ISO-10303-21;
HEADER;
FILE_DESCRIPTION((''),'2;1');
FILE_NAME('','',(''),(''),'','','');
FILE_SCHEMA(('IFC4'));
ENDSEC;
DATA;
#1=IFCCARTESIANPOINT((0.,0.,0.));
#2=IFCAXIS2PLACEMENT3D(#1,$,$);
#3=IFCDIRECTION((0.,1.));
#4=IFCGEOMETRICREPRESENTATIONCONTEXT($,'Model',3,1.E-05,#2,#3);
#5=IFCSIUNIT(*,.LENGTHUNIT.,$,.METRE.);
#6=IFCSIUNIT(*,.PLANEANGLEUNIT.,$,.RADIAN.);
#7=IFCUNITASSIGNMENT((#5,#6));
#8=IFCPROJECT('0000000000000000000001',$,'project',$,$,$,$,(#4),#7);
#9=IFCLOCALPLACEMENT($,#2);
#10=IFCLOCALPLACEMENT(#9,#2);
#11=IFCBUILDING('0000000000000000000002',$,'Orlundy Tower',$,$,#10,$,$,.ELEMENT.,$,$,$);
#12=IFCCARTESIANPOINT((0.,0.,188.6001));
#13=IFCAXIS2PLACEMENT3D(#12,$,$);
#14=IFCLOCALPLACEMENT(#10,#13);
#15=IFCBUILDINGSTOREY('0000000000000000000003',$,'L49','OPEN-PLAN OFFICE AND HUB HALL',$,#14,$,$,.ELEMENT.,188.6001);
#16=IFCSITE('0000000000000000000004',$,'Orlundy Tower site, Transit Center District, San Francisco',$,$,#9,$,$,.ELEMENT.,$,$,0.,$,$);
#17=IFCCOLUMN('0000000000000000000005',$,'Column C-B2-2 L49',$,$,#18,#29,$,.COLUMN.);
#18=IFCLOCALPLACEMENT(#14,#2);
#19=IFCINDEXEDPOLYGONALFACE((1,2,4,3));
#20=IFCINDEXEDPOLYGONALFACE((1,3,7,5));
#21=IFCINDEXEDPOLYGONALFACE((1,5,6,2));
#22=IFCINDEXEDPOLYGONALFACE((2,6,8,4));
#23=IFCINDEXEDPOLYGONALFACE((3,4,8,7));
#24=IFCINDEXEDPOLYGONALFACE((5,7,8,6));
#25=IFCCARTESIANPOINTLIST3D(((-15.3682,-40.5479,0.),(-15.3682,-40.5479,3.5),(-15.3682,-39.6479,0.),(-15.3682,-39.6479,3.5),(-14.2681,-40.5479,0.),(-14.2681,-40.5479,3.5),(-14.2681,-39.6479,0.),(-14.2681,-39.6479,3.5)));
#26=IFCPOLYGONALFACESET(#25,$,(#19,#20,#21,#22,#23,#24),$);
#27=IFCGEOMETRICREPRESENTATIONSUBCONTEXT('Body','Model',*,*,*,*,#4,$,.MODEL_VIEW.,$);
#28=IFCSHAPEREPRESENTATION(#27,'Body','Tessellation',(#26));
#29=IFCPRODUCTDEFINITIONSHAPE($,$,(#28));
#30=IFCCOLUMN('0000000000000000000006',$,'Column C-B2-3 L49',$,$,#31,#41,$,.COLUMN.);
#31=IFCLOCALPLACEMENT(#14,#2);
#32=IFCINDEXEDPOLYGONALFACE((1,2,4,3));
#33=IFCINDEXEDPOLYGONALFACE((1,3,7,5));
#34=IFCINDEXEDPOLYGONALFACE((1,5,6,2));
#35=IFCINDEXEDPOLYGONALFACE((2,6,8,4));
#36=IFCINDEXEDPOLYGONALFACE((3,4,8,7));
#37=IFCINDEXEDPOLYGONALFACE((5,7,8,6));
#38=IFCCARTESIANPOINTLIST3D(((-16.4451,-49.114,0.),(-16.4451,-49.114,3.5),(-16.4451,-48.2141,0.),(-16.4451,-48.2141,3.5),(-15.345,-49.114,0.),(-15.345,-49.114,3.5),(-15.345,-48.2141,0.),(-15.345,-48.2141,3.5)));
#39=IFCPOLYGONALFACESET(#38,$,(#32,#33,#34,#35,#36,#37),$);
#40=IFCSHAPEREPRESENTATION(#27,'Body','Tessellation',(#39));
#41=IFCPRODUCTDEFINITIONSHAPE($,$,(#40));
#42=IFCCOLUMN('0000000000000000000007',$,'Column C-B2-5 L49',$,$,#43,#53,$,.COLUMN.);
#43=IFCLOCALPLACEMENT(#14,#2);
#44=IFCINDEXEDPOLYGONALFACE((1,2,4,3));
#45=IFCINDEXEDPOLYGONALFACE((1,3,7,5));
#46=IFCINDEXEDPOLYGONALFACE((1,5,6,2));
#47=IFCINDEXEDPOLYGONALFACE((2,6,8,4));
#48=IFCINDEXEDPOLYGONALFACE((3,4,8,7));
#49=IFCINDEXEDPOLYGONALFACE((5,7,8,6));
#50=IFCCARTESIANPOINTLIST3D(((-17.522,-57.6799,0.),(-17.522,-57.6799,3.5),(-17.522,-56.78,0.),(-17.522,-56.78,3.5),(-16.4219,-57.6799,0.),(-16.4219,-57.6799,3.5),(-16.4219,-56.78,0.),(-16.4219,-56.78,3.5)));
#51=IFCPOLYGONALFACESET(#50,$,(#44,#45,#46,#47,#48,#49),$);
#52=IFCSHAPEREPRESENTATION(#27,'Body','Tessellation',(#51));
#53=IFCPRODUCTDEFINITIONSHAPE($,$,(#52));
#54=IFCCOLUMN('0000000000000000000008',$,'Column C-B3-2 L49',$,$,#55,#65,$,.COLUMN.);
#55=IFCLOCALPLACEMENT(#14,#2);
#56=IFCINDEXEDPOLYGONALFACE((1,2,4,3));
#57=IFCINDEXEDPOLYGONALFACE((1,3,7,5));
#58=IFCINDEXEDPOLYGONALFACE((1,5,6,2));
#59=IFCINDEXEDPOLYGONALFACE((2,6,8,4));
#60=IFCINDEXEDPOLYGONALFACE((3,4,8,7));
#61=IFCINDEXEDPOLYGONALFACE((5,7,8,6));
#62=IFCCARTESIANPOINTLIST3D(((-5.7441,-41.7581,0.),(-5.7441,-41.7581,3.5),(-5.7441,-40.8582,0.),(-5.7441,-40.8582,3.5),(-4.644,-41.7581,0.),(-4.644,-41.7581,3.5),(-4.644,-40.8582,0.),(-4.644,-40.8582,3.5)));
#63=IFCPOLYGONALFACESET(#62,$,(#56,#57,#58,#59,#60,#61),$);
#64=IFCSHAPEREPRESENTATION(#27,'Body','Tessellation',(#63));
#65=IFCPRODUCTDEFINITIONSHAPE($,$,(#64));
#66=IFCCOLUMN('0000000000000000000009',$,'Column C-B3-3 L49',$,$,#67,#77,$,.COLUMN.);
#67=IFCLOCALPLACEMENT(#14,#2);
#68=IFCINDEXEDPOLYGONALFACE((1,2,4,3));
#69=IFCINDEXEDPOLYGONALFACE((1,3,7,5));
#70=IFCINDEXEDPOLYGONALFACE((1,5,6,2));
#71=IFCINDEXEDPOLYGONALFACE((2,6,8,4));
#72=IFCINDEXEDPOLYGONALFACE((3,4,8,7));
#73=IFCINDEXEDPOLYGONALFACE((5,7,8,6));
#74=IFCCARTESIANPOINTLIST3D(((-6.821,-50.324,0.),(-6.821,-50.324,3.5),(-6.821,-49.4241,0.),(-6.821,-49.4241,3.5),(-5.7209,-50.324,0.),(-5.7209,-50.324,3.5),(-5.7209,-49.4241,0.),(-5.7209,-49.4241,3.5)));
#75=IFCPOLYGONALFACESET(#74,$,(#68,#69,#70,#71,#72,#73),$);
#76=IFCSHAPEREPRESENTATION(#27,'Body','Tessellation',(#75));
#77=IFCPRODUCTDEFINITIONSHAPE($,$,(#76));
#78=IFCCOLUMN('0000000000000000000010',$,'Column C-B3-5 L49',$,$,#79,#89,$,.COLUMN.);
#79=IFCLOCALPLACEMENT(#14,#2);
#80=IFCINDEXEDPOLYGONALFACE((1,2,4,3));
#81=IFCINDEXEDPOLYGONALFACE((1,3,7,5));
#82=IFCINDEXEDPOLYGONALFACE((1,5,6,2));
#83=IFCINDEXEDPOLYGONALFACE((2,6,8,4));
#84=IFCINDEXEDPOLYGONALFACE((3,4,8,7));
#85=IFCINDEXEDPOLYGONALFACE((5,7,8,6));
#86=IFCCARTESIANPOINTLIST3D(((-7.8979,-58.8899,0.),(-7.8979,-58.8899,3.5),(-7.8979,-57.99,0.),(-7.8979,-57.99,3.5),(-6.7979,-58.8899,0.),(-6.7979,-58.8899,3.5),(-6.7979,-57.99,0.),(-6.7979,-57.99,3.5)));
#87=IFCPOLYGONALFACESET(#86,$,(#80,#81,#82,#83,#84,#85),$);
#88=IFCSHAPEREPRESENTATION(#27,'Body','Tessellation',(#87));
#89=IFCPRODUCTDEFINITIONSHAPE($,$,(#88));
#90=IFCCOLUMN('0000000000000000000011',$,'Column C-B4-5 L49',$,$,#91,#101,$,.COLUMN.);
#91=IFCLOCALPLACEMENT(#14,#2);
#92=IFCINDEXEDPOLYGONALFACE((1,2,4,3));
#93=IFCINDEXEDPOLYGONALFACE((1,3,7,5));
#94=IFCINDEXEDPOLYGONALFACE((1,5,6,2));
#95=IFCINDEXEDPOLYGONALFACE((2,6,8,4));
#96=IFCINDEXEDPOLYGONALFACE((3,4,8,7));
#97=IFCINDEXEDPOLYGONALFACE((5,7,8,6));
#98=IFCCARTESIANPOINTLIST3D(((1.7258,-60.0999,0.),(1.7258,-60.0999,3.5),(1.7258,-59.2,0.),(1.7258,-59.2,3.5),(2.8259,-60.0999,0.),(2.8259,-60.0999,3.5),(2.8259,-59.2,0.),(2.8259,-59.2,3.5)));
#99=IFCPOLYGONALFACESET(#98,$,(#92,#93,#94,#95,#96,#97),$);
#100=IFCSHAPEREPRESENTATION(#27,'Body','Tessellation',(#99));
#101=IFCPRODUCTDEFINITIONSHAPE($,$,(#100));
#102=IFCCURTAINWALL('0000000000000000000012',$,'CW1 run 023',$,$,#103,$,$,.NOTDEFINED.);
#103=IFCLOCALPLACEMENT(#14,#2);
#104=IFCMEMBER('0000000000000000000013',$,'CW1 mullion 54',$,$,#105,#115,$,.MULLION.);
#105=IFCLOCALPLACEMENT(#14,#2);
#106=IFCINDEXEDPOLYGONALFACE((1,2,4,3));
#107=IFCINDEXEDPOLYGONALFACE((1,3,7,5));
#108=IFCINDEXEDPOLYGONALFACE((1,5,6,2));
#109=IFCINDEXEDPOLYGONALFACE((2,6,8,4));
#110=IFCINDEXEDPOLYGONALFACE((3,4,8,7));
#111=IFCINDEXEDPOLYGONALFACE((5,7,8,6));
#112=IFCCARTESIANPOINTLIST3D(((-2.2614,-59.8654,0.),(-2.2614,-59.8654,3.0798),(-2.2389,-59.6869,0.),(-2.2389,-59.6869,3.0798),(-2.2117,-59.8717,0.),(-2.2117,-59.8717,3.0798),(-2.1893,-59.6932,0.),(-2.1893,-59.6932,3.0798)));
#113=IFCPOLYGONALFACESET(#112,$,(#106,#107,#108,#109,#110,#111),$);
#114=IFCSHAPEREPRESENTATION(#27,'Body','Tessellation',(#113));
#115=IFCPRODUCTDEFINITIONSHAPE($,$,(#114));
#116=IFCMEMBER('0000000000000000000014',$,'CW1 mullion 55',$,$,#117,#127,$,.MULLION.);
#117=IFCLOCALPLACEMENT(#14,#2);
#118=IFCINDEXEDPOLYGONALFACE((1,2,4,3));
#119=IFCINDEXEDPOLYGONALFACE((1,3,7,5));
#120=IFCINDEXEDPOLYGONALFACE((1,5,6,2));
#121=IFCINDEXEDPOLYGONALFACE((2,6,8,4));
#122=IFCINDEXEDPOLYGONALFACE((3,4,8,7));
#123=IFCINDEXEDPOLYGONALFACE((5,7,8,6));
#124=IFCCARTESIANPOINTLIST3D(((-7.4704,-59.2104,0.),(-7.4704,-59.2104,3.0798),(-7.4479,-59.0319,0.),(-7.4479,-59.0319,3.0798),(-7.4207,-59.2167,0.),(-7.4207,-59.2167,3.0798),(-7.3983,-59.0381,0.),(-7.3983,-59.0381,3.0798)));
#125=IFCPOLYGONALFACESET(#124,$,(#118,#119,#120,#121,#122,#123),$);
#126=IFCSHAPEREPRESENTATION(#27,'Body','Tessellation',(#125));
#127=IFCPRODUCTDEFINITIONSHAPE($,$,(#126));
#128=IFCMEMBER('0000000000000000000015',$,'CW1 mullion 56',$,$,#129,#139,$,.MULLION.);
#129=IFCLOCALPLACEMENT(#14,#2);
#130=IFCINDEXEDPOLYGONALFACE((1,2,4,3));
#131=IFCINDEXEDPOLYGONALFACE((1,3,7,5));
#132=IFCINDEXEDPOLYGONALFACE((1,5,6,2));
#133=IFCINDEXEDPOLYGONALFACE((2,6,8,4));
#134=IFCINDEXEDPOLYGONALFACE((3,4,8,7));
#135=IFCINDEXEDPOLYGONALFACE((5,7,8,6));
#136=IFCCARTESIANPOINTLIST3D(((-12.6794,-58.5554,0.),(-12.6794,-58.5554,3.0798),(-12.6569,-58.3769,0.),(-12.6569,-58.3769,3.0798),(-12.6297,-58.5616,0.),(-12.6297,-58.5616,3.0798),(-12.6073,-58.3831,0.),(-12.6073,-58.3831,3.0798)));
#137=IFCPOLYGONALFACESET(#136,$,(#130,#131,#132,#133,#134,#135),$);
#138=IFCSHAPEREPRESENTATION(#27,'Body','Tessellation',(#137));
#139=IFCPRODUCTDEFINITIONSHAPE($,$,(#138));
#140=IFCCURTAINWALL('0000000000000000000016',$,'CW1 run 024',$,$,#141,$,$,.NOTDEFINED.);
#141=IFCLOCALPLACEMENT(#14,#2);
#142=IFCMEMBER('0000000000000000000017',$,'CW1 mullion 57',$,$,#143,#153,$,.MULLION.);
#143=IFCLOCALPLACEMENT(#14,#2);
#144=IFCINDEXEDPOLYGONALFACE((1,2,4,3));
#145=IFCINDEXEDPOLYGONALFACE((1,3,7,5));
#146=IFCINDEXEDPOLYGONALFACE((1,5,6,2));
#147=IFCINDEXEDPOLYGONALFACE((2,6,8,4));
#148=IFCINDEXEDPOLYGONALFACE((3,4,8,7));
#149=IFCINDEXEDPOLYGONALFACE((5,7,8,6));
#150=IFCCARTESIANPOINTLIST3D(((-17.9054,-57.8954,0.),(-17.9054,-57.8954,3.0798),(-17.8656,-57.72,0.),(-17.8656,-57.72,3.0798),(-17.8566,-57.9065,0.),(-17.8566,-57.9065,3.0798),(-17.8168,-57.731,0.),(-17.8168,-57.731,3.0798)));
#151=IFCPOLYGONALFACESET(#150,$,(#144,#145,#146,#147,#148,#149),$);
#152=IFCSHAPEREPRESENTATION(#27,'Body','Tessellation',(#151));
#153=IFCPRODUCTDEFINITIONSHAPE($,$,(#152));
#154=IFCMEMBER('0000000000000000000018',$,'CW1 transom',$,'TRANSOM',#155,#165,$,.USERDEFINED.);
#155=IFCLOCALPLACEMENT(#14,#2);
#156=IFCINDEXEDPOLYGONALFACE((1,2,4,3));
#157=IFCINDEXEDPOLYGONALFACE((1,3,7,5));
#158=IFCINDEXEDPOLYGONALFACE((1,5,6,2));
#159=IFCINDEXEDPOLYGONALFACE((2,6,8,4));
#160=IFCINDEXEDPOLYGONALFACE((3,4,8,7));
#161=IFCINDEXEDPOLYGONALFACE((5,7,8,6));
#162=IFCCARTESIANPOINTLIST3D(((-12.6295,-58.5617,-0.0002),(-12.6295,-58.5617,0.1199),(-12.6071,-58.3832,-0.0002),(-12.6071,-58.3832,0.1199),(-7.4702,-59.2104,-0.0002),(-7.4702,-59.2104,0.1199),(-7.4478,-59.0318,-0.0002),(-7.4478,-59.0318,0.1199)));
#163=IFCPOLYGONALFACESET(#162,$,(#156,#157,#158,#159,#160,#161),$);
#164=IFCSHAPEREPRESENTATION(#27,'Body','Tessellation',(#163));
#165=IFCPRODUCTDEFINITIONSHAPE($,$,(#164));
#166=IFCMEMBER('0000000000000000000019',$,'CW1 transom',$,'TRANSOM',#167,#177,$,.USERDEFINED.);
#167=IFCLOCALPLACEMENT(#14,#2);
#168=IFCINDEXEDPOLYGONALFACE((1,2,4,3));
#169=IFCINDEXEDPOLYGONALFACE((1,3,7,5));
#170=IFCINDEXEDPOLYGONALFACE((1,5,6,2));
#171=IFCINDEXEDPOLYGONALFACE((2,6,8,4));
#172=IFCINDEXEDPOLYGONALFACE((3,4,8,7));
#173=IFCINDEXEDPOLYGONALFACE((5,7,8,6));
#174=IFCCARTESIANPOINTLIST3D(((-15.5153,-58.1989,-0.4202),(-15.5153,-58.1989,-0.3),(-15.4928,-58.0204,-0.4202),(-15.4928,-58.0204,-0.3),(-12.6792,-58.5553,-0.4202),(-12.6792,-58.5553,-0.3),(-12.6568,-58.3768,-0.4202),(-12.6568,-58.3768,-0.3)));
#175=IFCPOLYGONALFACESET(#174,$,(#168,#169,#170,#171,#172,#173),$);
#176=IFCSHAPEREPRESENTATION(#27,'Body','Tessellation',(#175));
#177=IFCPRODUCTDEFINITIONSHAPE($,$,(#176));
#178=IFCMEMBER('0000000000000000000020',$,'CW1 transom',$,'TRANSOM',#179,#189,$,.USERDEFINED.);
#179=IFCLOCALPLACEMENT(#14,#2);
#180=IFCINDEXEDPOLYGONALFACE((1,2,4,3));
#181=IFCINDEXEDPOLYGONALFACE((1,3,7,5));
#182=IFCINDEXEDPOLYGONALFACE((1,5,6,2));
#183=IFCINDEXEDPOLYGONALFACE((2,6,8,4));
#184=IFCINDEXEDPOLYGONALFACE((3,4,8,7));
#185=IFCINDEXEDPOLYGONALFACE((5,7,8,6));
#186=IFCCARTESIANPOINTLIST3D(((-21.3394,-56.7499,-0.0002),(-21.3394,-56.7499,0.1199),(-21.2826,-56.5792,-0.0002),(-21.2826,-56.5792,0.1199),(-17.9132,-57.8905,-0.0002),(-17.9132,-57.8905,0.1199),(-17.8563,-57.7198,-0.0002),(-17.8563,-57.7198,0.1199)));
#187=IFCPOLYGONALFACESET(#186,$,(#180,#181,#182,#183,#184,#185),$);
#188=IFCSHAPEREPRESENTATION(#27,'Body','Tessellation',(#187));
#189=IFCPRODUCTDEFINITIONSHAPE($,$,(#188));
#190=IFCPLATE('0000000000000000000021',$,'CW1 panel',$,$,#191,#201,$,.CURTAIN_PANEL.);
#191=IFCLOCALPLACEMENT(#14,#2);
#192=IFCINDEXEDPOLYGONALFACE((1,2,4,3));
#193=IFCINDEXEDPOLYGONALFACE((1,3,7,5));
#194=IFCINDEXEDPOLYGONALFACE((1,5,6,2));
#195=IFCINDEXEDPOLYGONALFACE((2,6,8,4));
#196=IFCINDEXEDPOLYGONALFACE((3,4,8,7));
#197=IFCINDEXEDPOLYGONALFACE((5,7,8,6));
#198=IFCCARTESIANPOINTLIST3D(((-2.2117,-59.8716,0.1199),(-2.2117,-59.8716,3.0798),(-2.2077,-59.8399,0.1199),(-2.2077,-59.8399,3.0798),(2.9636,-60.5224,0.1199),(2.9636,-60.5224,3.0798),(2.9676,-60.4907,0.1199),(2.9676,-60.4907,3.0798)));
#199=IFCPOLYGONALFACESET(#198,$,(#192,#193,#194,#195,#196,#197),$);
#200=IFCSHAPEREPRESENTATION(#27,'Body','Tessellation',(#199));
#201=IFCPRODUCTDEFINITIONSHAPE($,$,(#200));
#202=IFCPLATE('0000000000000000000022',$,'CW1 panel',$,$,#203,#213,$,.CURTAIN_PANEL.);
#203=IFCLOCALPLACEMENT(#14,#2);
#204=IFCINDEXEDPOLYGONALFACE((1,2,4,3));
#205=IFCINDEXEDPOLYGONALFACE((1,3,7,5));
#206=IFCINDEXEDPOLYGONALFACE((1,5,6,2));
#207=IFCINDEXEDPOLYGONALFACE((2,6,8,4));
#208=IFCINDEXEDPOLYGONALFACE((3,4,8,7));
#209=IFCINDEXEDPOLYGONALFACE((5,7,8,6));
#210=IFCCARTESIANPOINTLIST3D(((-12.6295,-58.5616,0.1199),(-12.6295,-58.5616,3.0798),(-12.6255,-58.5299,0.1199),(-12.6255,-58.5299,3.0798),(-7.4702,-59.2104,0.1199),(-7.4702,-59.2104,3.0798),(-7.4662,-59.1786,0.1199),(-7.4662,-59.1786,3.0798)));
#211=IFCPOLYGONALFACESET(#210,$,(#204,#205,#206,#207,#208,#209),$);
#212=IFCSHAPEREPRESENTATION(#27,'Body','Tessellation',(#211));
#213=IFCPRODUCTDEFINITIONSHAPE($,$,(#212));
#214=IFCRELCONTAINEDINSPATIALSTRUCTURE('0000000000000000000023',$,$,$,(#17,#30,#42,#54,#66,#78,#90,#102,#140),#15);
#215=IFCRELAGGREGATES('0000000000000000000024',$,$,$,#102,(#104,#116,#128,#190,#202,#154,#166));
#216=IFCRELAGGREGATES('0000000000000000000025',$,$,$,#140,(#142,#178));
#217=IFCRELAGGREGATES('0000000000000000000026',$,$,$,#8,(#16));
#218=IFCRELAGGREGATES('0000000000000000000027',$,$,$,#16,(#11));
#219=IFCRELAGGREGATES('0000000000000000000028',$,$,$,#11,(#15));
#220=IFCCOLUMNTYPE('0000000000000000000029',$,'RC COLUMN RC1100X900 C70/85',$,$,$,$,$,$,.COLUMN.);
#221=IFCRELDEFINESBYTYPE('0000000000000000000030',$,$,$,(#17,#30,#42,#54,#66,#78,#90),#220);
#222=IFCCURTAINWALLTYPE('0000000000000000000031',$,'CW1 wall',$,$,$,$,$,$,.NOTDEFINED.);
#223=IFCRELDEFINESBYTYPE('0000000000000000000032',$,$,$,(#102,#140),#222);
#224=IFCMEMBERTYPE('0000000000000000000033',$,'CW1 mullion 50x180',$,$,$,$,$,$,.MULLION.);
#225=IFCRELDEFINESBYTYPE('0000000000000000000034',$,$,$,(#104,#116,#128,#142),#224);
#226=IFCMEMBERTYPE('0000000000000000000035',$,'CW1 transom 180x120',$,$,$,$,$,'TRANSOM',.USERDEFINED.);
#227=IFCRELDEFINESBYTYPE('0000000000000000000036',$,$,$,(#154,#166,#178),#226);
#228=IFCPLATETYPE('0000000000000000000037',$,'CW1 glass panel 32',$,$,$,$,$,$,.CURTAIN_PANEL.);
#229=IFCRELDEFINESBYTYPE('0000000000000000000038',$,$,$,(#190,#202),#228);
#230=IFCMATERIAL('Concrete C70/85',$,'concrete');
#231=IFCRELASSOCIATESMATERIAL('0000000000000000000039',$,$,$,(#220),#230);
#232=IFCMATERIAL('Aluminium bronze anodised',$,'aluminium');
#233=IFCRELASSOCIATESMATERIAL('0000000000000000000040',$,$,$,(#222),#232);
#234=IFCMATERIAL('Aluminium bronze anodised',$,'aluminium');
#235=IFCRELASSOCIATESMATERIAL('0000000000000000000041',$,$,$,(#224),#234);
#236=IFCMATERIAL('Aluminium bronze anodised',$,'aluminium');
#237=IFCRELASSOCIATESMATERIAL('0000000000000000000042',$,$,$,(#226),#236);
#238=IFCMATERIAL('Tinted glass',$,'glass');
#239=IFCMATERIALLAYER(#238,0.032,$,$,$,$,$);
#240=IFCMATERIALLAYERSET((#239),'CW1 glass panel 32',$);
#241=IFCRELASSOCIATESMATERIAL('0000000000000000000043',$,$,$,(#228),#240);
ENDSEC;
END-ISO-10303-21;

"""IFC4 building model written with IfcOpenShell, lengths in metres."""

from ifc_helpers import new_model, si_unit, direction, frame, origin, origin_2d, place, context, subcontext, project, spatial, rectangle, extrude, material, layer, layer_set, material_profile, profile_set, type_object, element, aggregate, save


model = new_model("IFC4")

# Units and contexts
model_context = context("Model", 3, precision=1e-05, world=origin(), true_north=direction((0.0, 1.0)))
body_context = subcontext(model_context, "Body", "Model", "MODEL_VIEW")
ifc_project = project(units=[si_unit("LENGTHUNIT", "METRE"), si_unit("PLANEANGLEUNIT", "RADIAN")], contexts=[model_context])

# Site, building, storey
site_placement = place(None, origin())
site = spatial("IfcSite", under=ifc_project, at=site_placement, Name="Orlundy Tower site, Transit Center District, San Francisco", CompositionType="ELEMENT", RefElevation=0.0)
building_placement = place(site_placement, origin())
building = spatial("IfcBuilding", under=site, at=building_placement, Name="Orlundy Tower", CompositionType="ELEMENT")
storey_placement = place(building_placement, frame((0.0, 0.0, 188.6001)))
storey = spatial("IfcBuildingStorey", under=building, at=storey_placement, Name="L49", Description="OPEN-PLAN OFFICE AND HUB HALL", CompositionType="ELEMENT", Elevation=188.6001)

# Columns
ifc_material_1 = material(Name="Concrete C70/85", Category="concrete")
ifc_material_profile_1 = material_profile(ifc_material_1, rectangle(XDim=1.1001, YDim=0.8999, at=origin_2d()), Name="RC1100X900")
ifc_profile_set_1 = profile_set([ifc_material_profile_1], Name="Concrete C70/85")
column_type = type_object("IfcColumnType", Name="RC COLUMN RC1100X900 C70/85", PredefinedType="COLUMN", material=ifc_profile_set_1)
for number, where, z_axis, x_axis, name in (
    (1, (-14.8181, -40.0979, 0.0), (0.0, 0.0, 1.0), (1.0, 0.0, 0.0), "Column C-B2-2 L49"),
    (2, (-15.895, -48.6641, 0.0), (0.0, 0.0, 1.0), (1.0, 0.0, 0.0), "Column C-B2-3 L49"),
    (3, (-16.9719, -57.23, 0.0), (0.0, 0.0, 1.0), (1.0, 0.0, 0.0), "Column C-B2-5 L49"),
    (4, (-5.1941, -41.3081, 0.0), (0.0, 0.0, 1.0), (1.0, 0.0, 0.0), "Column C-B3-2 L49"),
    (5, (-6.271, -49.874, 0.0), (0.0, 0.0, 1.0), (1.0, 0.0, 0.0), "Column C-B3-3 L49"),
    (6, (-7.3479, -58.4399, 0.0), (0.0, 0.0, 1.0), (1.0, 0.0, 0.0), "Column C-B3-5 L49"),
    (7, (2.2759, -59.6499, 0.0), (0.0, 0.0, 1.0), (1.0, 0.0, 0.0), "Column C-B4-5 L49"),
):
    element("IfcColumn", number, at=place(storey_placement, frame(where, z_axis=z_axis, x_axis=x_axis)), inside=storey, type_object=column_type, Name=name, PredefinedType="COLUMN", context=body_context, shape_type="SweptSolid", body=[
        extrude(rectangle(XDim=1.1001, YDim=0.8999, at=origin_2d()), origin(), (0.0, 0.0, 1.0), 3.5),
    ])

# Curtain wall, members
ifc_material_2 = material(Name="Aluminium bronze anodised", Category="aluminium")
curtain_wall_type = type_object("IfcCurtainWallType", Name="CW1 wall", PredefinedType="NOTDEFINED", material=ifc_material_2)
curtain_wall_1_placement = place(storey_placement, origin())
curtain_wall_1 = element("IfcCurtainWall", 8, at=curtain_wall_1_placement, inside=storey, type_object=curtain_wall_type, Name="CW1 run 023", PredefinedType="NOTDEFINED")
ifc_material_3 = material(Name="Aluminium bronze anodised", Category="aluminium")
ifc_material_profile_2 = material_profile(ifc_material_3, rectangle(XDim=0.1799, YDim=0.05, at=origin_2d()), Name="CW1 mullion 50x180")
ifc_profile_set_2 = profile_set([ifc_material_profile_2], Name="Aluminium bronze anodised")
member_type_1 = type_object("IfcMemberType", Name="CW1 mullion 50x180", PredefinedType="MULLION", material=ifc_profile_set_2)
member_1_placement = place(storey_placement, frame((-2.2253, -59.7793, 0.0), z_axis=(0.0, 0.0, 1.0), x_axis=(-0.124761, -0.992187, 0.0)))
member_1 = element("IfcMember", 9, at=member_1_placement, type_object=member_type_1, Name="CW1 mullion 54", PredefinedType="MULLION", context=body_context, shape_type="SweptSolid", body=[
    extrude(rectangle(XDim=0.1799, YDim=0.05, at=origin_2d()), origin(), (0.0, 0.0, 1.0), 3.0798),
])
member_2_placement = place(storey_placement, frame((-7.4343, -59.1243, 0.0), z_axis=(0.0, 0.0, 1.0), x_axis=(-0.124761, -0.992187, 0.0)))
member_2 = element("IfcMember", 10, at=member_2_placement, type_object=member_type_1, Name="CW1 mullion 55", PredefinedType="MULLION", context=body_context, shape_type="SweptSolid", body=[
    extrude(rectangle(XDim=0.1799, YDim=0.05, at=origin_2d()), origin(), (0.0, 0.0, 1.0), 3.0798),
])
member_3_placement = place(storey_placement, frame((-12.6433, -58.4692, 0.0), z_axis=(0.0, 0.0, 1.0), x_axis=(-0.124761, -0.992187, 0.0)))
member_3 = element("IfcMember", 11, at=member_3_placement, type_object=member_type_1, Name="CW1 mullion 56", PredefinedType="MULLION", context=body_context, shape_type="SweptSolid", body=[
    extrude(rectangle(XDim=0.1799, YDim=0.05, at=origin_2d()), origin(), (0.0, 0.0, 1.0), 3.0798),
])

# Curtain wall, member
curtain_wall_2_placement = place(storey_placement, origin())
curtain_wall_2 = element("IfcCurtainWall", 12, at=curtain_wall_2_placement, inside=storey, type_object=curtain_wall_type, Name="CW1 run 024", PredefinedType="NOTDEFINED")
member_4_placement = place(storey_placement, frame((-17.8611, -57.8132, 0.0), z_axis=(0.0, 0.0, 1.0), x_axis=(-0.221399, -0.975183, 0.0)))
member_4 = element("IfcMember", 13, at=member_4_placement, type_object=member_type_1, Name="CW1 mullion 57", PredefinedType="MULLION", context=body_context, shape_type="SweptSolid", body=[
    extrude(rectangle(XDim=0.1799, YDim=0.05, at=origin_2d()), origin(), (0.0, 0.0, 1.0), 3.0798),
])

# Members
ifc_material_4 = material(Name="Aluminium bronze anodised", Category="aluminium")
ifc_material_profile_3 = material_profile(ifc_material_4, rectangle(XDim=0.1799, YDim=0.1201, at=origin_2d()), Name="CW1 transom 180x120")
ifc_profile_set_3 = profile_set([ifc_material_profile_3], Name="Aluminium bronze anodised")
member_type_2 = type_object("IfcMemberType", Name="CW1 transom 180x120", ElementType="TRANSOM", PredefinedType="USERDEFINED", material=ifc_profile_set_3)
member_5_placement = place(storey_placement, frame((-7.459, -59.1211, 0.0598), z_axis=(-0.992189, 0.124745, 0.0), x_axis=(-0.124745, -0.992189, 0.0)))
member_5 = element("IfcMember", 14, at=member_5_placement, type_object=member_type_2, Name="CW1 transom", ObjectType="TRANSOM", PredefinedType="USERDEFINED", context=body_context, shape_type="SweptSolid", body=[
    extrude(rectangle(XDim=0.1799, YDim=0.1201, at=origin_2d()), origin(), (0.0, 0.0, 1.0), 5.2),
])
member_6_placement = place(storey_placement, frame((-12.668, -58.4661, -0.3601), z_axis=(-0.992195, 0.124697, 0.0), x_axis=(-0.124697, -0.992195, 0.0)))
member_6 = element("IfcMember", 15, at=member_6_placement, type_object=member_type_2, Name="CW1 transom", ObjectType="TRANSOM", PredefinedType="USERDEFINED", context=body_context, shape_type="SweptSolid", body=[
    extrude(rectangle(XDim=0.1799, YDim=0.1201, at=origin_2d()), origin(), (0.0, 0.0, 1.0), 2.8584),
])
member_7_placement = place(storey_placement, frame((-17.8848, -57.8052, 0.0598), z_axis=(-0.948805, 0.315863, 0.0), x_axis=(-0.315863, -0.948805, 0.0)))
member_7 = element("IfcMember", 16, at=member_7_placement, type_object=member_type_2, Name="CW1 transom", ObjectType="TRANSOM", PredefinedType="USERDEFINED", context=body_context, shape_type="SweptSolid", body=[
    extrude(rectangle(XDim=0.1799, YDim=0.1201, at=origin_2d()), origin(), (0.0, 0.0, 1.0), 3.6111),
])

# Plates
ifc_material_5 = material(Name="Tinted glass", Category="glass")
ifc_layer_1 = layer(ifc_material_5, 0.032)
ifc_layer_set_1 = layer_set([ifc_layer_1], Name="CW1 glass panel 32")
plate_type = type_object("IfcPlateType", Name="CW1 glass panel 32", PredefinedType="CURTAIN_PANEL", material=ifc_layer_set_1)
plate_1_placement = place(storey_placement, frame((0.3779, -60.1812, 0.1199), z_axis=(0.0, 0.0, 1.0), x_axis=(-0.992187, 0.124761, 0.0)))
plate_1 = element("IfcPlate", 17, at=plate_1_placement, type_object=plate_type, Name="CW1 panel", PredefinedType="CURTAIN_PANEL", context=body_context, shape_type="SweptSolid", body=[
    extrude(rectangle(XDim=5.2161, YDim=0.032, at=origin_2d()), origin(), (0.0, 0.0, 1.0), 2.96),
])
plate_2_placement = place(storey_placement, frame((-10.0479, -58.8701, 0.1199), z_axis=(0.0, 0.0, 1.0), x_axis=(-0.992187, 0.124761, 0.0)))
plate_2 = element("IfcPlate", 18, at=plate_2_placement, type_object=plate_type, Name="CW1 panel", PredefinedType="CURTAIN_PANEL", context=body_context, shape_type="SweptSolid", body=[
    extrude(rectangle(XDim=5.2, YDim=0.032, at=origin_2d()), origin(), (0.0, 0.0, 1.0), 2.96),
])
aggregate(curtain_wall_1, [member_1, member_2, member_3, plate_1, plate_2, member_5, member_6])
aggregate(curtain_wall_2, [member_4, member_7])

save(model, "model.ifc")
